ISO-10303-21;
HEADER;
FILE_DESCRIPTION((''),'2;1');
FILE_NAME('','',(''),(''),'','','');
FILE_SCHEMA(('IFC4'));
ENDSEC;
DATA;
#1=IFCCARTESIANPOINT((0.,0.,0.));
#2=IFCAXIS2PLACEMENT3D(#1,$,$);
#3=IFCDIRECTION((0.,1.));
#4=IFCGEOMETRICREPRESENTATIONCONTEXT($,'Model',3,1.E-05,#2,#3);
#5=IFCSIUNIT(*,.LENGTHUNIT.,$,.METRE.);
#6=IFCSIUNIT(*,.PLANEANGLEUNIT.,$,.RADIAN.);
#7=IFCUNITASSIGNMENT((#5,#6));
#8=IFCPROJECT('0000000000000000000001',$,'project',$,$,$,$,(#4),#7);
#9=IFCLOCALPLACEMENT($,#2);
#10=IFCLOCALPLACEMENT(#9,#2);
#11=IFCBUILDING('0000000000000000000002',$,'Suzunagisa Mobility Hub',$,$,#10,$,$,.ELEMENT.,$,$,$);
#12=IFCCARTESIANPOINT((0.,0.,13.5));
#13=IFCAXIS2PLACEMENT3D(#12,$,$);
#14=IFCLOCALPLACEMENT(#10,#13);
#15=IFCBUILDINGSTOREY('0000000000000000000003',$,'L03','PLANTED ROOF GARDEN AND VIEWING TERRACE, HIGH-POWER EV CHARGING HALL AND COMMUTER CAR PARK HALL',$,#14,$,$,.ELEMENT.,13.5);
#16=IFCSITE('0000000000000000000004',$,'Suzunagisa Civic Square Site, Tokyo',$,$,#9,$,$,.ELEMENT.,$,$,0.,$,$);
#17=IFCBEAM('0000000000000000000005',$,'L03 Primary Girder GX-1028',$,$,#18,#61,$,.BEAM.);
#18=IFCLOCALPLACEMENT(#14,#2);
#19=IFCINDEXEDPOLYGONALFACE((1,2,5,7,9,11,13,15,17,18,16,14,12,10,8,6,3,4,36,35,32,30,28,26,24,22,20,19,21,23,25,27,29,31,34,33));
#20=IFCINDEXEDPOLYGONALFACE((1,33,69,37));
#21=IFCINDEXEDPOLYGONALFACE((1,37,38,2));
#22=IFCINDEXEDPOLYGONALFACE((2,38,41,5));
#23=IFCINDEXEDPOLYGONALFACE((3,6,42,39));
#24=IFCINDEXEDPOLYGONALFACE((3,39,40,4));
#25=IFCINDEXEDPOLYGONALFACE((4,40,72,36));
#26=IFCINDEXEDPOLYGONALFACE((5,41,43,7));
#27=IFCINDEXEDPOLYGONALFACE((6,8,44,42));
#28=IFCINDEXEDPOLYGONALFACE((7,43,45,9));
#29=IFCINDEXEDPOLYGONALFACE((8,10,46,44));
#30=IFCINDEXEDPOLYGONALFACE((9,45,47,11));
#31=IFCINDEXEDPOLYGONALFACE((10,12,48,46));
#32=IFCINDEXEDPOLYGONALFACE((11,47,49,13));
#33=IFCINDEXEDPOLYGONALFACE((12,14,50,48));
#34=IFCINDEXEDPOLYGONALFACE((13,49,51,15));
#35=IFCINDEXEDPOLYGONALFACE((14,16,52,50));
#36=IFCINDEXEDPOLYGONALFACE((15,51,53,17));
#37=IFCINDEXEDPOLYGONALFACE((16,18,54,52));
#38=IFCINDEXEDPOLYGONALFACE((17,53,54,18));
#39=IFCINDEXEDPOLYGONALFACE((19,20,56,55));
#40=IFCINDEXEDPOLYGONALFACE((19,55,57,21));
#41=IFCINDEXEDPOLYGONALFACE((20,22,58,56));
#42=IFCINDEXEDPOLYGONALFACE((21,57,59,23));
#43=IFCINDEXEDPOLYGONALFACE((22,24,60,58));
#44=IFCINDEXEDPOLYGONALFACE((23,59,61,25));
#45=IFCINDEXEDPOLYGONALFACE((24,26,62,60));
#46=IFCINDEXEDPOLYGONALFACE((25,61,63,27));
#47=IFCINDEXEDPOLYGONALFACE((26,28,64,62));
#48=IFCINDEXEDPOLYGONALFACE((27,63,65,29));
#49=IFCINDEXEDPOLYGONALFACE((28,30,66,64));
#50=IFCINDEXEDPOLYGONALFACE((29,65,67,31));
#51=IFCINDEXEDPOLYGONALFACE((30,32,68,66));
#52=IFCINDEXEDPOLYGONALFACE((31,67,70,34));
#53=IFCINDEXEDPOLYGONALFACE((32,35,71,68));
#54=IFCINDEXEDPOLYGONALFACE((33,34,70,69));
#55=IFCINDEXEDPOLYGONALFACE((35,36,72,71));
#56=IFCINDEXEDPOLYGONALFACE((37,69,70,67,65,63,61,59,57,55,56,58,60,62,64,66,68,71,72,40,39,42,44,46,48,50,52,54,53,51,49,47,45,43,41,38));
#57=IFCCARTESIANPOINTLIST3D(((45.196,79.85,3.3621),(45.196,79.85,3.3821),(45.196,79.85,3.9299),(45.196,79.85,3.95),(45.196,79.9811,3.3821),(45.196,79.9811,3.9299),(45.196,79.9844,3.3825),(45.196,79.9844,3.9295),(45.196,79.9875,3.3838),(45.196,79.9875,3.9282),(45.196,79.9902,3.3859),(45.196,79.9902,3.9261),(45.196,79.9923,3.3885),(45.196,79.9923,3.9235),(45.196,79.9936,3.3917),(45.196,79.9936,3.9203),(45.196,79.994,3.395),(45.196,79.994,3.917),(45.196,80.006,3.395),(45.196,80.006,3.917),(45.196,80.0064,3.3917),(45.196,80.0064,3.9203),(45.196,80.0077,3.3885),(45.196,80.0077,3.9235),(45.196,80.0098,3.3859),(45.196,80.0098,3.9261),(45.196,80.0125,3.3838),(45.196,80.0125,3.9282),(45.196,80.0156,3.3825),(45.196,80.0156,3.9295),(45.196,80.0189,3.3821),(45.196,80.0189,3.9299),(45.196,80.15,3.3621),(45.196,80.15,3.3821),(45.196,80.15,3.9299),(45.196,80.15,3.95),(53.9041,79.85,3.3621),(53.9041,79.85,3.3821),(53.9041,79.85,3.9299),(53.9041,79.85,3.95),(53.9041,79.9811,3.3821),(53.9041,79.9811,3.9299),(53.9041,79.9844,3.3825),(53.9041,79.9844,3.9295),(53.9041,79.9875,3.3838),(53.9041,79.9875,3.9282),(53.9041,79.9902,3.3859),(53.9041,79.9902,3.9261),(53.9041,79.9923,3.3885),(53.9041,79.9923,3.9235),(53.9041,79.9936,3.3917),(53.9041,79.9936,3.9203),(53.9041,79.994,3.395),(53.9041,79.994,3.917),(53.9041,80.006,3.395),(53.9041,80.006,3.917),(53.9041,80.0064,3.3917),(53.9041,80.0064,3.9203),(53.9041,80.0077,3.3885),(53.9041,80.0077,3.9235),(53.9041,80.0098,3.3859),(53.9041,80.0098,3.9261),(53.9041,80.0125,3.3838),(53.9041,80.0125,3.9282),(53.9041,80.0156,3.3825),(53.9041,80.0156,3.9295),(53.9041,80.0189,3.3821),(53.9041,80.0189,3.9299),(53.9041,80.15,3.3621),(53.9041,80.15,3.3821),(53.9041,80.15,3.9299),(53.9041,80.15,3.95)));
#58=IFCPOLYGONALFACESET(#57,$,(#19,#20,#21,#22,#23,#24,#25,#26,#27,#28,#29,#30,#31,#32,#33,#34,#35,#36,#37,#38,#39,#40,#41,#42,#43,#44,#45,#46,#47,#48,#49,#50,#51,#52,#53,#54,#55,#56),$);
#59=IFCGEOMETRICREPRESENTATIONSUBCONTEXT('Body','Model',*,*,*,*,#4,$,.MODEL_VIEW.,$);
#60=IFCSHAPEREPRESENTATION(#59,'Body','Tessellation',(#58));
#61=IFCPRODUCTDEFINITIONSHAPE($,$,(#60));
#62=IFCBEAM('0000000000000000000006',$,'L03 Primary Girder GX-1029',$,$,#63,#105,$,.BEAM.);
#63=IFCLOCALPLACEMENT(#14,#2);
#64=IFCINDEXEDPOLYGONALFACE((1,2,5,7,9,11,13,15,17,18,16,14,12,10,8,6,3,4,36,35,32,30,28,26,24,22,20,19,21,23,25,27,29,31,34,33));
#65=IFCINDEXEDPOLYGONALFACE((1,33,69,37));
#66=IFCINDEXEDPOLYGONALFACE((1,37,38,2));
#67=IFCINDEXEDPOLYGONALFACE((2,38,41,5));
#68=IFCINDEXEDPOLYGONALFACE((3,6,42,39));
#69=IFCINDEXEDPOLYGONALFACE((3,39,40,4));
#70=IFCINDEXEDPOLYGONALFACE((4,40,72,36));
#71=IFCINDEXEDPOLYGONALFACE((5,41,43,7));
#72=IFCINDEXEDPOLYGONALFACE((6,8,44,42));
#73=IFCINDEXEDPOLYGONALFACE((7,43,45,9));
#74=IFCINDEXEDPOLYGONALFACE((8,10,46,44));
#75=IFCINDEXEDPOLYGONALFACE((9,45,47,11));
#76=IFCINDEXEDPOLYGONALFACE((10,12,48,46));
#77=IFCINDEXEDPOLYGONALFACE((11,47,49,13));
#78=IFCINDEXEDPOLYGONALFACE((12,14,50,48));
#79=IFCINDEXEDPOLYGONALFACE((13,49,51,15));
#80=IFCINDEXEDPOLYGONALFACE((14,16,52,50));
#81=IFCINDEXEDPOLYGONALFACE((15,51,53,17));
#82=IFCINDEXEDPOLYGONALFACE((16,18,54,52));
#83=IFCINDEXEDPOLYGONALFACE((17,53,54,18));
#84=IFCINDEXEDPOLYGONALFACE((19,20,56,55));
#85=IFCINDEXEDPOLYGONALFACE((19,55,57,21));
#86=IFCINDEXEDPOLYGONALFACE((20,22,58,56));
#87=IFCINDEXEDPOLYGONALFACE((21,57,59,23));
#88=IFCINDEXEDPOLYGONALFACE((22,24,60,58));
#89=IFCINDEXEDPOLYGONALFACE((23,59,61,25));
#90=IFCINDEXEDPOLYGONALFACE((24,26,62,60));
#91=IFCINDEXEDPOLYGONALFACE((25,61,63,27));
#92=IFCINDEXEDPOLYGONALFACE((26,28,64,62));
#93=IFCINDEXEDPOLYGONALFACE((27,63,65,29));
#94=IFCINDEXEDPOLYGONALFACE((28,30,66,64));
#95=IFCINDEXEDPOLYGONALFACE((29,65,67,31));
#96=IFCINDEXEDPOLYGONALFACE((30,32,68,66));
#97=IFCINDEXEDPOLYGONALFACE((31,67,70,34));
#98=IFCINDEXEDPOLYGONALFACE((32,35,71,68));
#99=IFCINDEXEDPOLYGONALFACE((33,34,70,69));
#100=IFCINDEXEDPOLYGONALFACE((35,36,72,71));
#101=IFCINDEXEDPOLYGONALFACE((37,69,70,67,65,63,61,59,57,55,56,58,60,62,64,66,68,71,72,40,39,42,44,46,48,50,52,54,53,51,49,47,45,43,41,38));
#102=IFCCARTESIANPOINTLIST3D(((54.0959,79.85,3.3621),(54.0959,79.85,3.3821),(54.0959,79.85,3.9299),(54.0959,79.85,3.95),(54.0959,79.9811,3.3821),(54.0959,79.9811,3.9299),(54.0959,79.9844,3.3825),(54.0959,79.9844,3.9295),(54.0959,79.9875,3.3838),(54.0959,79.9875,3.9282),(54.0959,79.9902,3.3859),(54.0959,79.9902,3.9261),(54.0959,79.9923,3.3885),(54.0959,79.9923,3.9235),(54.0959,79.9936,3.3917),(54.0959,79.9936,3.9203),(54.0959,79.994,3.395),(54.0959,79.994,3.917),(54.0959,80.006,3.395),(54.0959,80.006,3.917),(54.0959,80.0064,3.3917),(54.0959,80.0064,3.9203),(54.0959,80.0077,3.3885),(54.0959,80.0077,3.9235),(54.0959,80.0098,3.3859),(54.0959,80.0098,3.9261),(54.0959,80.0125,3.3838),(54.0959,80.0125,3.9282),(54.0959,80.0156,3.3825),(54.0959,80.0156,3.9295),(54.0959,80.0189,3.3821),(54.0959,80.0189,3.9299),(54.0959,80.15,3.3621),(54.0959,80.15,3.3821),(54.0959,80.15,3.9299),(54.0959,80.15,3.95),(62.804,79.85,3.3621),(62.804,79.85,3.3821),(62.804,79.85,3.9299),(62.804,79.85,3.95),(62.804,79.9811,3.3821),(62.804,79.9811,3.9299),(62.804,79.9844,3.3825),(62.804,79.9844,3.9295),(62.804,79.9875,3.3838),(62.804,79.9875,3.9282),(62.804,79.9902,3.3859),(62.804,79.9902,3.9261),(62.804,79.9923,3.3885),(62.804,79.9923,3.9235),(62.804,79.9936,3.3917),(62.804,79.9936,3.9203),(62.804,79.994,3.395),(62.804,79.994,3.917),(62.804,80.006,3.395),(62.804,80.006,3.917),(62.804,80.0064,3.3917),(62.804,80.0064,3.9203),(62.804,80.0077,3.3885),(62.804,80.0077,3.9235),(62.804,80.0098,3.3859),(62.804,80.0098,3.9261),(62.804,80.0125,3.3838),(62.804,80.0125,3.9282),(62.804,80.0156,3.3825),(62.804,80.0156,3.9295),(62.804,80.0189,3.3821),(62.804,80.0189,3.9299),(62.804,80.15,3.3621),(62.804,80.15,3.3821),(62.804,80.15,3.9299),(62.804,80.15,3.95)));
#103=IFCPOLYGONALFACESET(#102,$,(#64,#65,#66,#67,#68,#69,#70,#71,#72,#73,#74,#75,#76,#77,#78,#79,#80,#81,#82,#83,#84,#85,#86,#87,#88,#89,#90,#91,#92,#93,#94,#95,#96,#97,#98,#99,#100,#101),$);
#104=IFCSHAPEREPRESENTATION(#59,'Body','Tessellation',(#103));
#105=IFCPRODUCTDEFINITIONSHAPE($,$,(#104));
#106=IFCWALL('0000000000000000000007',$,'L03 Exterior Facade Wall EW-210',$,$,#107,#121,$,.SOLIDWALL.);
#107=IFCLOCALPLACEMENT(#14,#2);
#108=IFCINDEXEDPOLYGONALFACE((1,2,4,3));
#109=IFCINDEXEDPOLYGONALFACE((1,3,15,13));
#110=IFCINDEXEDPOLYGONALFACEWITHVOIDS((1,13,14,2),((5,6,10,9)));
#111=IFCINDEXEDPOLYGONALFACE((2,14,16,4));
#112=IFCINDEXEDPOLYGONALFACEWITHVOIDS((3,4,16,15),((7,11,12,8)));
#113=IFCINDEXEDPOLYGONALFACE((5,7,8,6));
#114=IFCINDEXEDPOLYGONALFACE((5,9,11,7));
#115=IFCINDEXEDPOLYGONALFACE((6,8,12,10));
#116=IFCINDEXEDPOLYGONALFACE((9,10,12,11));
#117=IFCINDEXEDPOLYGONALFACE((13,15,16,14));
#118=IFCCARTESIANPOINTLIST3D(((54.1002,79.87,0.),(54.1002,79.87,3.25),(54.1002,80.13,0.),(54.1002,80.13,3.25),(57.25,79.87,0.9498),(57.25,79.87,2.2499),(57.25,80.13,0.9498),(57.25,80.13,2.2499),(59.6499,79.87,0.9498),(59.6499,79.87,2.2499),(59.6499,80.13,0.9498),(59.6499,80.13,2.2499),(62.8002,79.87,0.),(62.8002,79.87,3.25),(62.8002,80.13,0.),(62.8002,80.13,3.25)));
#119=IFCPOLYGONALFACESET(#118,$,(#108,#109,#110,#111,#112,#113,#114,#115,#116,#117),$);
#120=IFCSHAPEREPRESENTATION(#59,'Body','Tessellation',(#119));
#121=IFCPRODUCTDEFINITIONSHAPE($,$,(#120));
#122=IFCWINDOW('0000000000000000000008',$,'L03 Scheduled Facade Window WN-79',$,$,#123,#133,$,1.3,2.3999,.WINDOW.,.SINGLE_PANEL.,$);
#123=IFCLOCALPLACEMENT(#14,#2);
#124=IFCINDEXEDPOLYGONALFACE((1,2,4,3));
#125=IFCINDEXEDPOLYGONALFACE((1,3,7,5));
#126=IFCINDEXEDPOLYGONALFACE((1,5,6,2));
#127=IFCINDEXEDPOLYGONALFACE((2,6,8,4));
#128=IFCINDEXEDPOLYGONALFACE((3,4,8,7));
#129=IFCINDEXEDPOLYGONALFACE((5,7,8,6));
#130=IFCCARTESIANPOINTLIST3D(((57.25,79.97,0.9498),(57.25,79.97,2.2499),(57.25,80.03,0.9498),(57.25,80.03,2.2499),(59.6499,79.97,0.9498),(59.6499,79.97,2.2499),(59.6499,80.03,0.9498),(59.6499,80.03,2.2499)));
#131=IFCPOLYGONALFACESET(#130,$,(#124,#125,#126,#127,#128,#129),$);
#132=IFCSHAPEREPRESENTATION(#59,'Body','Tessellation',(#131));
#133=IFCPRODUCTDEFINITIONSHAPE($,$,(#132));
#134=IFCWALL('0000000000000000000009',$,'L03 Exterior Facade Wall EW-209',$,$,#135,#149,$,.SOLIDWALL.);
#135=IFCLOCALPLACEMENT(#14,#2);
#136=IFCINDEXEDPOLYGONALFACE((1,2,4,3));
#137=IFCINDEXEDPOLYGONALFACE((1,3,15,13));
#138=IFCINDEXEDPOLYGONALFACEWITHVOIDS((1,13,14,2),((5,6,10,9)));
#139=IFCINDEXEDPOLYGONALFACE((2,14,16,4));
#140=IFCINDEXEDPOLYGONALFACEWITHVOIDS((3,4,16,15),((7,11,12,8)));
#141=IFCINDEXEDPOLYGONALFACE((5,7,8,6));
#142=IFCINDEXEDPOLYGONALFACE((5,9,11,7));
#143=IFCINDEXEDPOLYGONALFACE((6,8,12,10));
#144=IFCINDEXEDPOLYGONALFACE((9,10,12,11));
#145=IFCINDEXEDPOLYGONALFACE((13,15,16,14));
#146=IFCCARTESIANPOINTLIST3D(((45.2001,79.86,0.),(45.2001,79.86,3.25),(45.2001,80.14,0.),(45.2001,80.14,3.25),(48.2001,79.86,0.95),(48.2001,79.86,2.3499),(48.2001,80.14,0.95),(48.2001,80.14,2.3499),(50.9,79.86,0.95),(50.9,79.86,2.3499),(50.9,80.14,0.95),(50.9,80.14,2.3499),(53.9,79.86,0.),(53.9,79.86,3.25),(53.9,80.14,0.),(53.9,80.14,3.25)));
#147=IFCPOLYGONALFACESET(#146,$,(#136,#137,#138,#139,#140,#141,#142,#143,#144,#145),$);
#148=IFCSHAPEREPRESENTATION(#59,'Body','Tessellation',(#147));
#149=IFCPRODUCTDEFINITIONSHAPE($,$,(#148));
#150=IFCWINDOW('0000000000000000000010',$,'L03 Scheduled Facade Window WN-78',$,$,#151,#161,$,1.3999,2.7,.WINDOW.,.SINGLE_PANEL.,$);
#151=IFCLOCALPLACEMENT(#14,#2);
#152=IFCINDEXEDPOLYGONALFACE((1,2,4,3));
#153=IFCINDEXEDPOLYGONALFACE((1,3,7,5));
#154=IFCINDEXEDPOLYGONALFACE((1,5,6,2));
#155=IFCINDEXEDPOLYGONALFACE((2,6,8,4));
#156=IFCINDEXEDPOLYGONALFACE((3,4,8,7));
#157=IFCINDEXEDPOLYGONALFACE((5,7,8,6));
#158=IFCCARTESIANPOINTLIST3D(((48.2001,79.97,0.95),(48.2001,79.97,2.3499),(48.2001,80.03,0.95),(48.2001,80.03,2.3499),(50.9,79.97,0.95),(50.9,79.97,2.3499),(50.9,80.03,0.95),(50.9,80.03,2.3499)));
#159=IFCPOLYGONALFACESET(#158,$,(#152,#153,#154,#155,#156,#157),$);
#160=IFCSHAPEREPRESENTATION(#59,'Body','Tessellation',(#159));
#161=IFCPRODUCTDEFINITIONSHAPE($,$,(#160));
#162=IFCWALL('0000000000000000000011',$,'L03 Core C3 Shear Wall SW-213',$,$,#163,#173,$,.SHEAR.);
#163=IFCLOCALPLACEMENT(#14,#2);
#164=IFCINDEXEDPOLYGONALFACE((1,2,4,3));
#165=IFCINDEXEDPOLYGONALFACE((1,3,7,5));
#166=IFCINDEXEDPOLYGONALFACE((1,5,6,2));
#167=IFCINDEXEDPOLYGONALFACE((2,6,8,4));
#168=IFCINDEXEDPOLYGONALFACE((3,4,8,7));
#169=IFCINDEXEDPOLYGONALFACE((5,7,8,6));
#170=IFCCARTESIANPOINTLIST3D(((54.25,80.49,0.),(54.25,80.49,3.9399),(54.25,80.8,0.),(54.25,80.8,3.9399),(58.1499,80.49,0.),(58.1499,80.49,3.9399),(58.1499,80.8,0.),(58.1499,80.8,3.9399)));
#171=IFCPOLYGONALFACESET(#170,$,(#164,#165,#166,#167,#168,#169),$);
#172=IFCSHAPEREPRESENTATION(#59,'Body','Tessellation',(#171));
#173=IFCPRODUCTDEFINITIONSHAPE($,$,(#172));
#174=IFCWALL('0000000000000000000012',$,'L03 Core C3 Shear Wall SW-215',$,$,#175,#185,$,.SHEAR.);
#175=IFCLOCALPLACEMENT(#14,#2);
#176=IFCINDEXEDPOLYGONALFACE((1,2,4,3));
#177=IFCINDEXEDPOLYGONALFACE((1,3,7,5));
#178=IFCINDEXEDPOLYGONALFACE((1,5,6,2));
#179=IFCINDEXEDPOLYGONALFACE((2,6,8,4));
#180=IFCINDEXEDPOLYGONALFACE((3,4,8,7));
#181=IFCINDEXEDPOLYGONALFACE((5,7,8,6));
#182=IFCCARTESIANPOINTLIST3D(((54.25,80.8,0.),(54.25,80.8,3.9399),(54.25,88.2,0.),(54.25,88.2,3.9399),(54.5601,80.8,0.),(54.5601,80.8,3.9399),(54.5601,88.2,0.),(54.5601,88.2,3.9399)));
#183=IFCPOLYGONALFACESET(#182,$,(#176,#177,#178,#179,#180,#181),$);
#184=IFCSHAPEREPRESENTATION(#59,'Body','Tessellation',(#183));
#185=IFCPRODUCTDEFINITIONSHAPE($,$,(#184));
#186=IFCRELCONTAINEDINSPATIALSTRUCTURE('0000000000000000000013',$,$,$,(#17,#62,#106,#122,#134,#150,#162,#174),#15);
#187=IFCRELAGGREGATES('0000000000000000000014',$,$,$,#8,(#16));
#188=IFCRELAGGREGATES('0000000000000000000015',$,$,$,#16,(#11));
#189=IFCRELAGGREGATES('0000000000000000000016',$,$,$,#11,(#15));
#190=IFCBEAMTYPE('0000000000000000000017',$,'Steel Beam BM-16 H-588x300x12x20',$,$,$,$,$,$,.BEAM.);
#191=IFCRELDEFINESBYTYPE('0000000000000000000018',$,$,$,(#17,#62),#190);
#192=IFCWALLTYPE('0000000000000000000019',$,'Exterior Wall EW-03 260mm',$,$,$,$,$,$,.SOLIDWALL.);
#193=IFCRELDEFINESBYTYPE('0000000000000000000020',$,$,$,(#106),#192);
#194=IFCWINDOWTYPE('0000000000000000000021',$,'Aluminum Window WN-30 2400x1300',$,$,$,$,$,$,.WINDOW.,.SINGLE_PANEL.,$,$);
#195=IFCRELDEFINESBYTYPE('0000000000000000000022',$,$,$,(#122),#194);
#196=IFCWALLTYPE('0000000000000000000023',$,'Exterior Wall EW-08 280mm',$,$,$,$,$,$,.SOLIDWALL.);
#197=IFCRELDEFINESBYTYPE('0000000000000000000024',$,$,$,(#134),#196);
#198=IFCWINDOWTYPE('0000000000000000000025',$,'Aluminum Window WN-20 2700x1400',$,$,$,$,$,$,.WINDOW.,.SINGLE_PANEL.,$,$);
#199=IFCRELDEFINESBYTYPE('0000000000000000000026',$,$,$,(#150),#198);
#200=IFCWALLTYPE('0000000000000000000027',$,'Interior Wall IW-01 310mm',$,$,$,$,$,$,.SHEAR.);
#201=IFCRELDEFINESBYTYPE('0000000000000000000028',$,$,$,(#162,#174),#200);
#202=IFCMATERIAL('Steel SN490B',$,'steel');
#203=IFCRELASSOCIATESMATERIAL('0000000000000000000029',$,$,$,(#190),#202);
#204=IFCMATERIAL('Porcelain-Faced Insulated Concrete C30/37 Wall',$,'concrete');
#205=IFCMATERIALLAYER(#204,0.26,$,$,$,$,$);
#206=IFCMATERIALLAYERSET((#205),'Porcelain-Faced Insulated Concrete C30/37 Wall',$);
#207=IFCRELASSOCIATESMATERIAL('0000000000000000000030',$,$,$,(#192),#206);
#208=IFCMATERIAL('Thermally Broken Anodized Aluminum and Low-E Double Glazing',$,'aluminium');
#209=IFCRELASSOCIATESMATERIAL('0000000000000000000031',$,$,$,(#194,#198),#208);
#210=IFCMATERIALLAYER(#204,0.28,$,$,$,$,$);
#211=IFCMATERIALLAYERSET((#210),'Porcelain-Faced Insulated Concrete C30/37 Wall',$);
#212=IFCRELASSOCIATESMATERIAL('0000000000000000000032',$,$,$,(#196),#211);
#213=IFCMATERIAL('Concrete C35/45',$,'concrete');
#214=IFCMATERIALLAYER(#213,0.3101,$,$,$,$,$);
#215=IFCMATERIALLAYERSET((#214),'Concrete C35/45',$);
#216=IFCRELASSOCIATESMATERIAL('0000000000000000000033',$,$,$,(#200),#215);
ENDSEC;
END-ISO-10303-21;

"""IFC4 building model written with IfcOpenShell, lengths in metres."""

from ifc_helpers import new_model, si_unit, direction, frame, frame_2d, origin, origin_2d, place, context, subcontext, project, spatial, rectangle, i_section, extrude, material, layer, layer_set, material_profile, profile_set, type_object, element, fill, save


model = new_model("IFC4")

# Units and contexts
model_context = context("Model", 3, precision=1e-05, world=origin(), true_north=direction((0.0, 1.0)))
body_context = subcontext(model_context, "Body", "Model", "MODEL_VIEW")
ifc_project = project(units=[si_unit("LENGTHUNIT", "METRE"), si_unit("PLANEANGLEUNIT", "RADIAN")], contexts=[model_context])

# Site, building, storey
site_placement = place(None, origin())
site = spatial("IfcSite", under=ifc_project, at=site_placement, Name="Suzunagisa Civic Square Site, Tokyo", CompositionType="ELEMENT", RefElevation=0.0)
building_placement = place(site_placement, origin())
building = spatial("IfcBuilding", under=site, at=building_placement, Name="Suzunagisa Mobility Hub", CompositionType="ELEMENT")
storey_placement = place(building_placement, frame((0.0, 0.0, 13.5)))
storey = spatial("IfcBuildingStorey", under=building, at=storey_placement, Name="L03", Description="PLANTED ROOF GARDEN AND VIEWING TERRACE, HIGH-POWER EV CHARGING HALL AND COMMUTER CAR PARK HALL", CompositionType="ELEMENT", Elevation=13.5)

# Shared definitions
ifc_material_1 = material(Name="Steel SN490B", Category="steel")

# Beams
ifc_material_profile_1 = material_profile(ifc_material_1, i_section(OverallWidth=0.3, OverallDepth=0.5879, WebThickness=0.012, FlangeThickness=0.02, FilletRadius=0.0129, at=origin_2d()), Name="H-588x300x12x20")
ifc_profile_set_1 = profile_set([ifc_material_profile_1], Name="Steel SN490B")
beam_type_1 = type_object("IfcBeamType", Name="Steel Beam BM-16 H-588x300x12x20", PredefinedType="BEAM", material=ifc_profile_set_1)
for number, where, z_axis, x_axis, name in (
    (1, (45.196, 80.0, 3.656), (1.0, 0.0, 0.0), (0.0, 1.0, 0.0), "L03 Primary Girder GX-1028"),
    (2, (54.0959, 80.0, 3.656), (1.0, 0.0, 0.0), (0.0, 1.0, 0.0), "L03 Primary Girder GX-1029"),
):
    element("IfcBeam", number, at=place(storey_placement, frame(where, z_axis=z_axis, x_axis=x_axis)), inside=storey, type_object=beam_type_1, Name=name, PredefinedType="BEAM", context=body_context, shape_type="SweptSolid", body=[
        extrude(i_section(OverallWidth=0.3, OverallDepth=0.5879, WebThickness=0.012, FlangeThickness=0.02, FilletRadius=0.0129, at=origin_2d()), origin(), (0.0, 0.0, 1.0), 8.708),
    ])

# Walls, openings, windows
ifc_material_2 = material(Name="Porcelain-Faced Insulated Concrete C30/37 Wall", Category="concrete")
ifc_layer_1 = layer(ifc_material_2, 0.26)
ifc_layer_set_1 = layer_set([ifc_layer_1], Name="Porcelain-Faced Insulated Concrete C30/37 Wall")
wall_type_1 = type_object("IfcWallType", Name="Exterior Wall EW-03 260mm", PredefinedType="SOLIDWALL", material=ifc_layer_set_1)
wall_1_placement = place(storey_placement, frame((54.1001, 80.0, 0.0), z_axis=(0.0, 0.0, 1.0), x_axis=(1.0, 0.0, 0.0)))
wall_1 = element("IfcWall", 3, at=wall_1_placement, inside=storey, type_object=wall_type_1, Name="L03 Exterior Facade Wall EW-210", PredefinedType="SOLIDWALL", context=body_context, shape_type="SweptSolid", body=[
    extrude(rectangle(XDim=8.7, YDim=0.26, at=frame_2d((4.3501, 0.0))), origin(), (0.0, 0.0, 1.0), 3.25),
])
opening_1_placement = place(wall_1_placement, frame((3.1499, 0.0, 0.95)))
opening_1 = element("IfcOpeningElement", 4, at=opening_1_placement, cuts=wall_1, PredefinedType="OPENING", context=body_context, shape_type="SweptSolid", body=[
    extrude(rectangle(XDim=2.3999, YDim=1.3, at=frame_2d((1.2, 0.6499))), frame((0.0, 0.1411, 0.0), z_axis=(0.0, -1.0, 0.0), x_axis=(1.0, 0.0, 0.0)), (0.0, 0.0, 1.0), 0.282),
])
ifc_material_3 = material(Name="Thermally Broken Anodized Aluminum and Low-E Double Glazing", Category="aluminium")
window_type_1 = type_object("IfcWindowType", Name="Aluminum Window WN-30 2400x1300", PartitioningType="SINGLE_PANEL", PredefinedType="WINDOW", material=ifc_material_3)
window_1_placement = place(opening_1_placement, origin())
window_1 = element("IfcWindow", 5, at=window_1_placement, inside=storey, type_object=window_type_1, Name="L03 Scheduled Facade Window WN-79", OverallHeight=1.3, OverallWidth=2.3999, PartitioningType="SINGLE_PANEL", PredefinedType="WINDOW", context=body_context, shape_type="SweptSolid", body=[
    extrude(rectangle(XDim=2.3999, YDim=1.3, at=frame_2d((1.2, 0.6499))), frame((0.0, 0.03, 0.0), z_axis=(0.0, -1.0, 0.0), x_axis=(1.0, 0.0, 0.0)), (0.0, 0.0, 1.0), 0.0601),
])
fill(opening_1, window_1)
ifc_layer_2 = layer(ifc_material_2, 0.28)
ifc_layer_set_2 = layer_set([ifc_layer_2], Name="Porcelain-Faced Insulated Concrete C30/37 Wall")
wall_type_2 = type_object("IfcWallType", Name="Exterior Wall EW-08 280mm", PredefinedType="SOLIDWALL", material=ifc_layer_set_2)
wall_2_placement = place(storey_placement, frame((45.2, 80.0, 0.0), z_axis=(0.0, 0.0, 1.0), x_axis=(1.0, 0.0, 0.0)))
wall_2 = element("IfcWall", 6, at=wall_2_placement, inside=storey, type_object=wall_type_2, Name="L03 Exterior Facade Wall EW-209", PredefinedType="SOLIDWALL", context=body_context, shape_type="SweptSolid", body=[
    extrude(rectangle(XDim=8.7, YDim=0.28, at=frame_2d((4.3501, 0.0))), origin(), (0.0, 0.0, 1.0), 3.25),
])
opening_2_placement = place(wall_2_placement, frame((3.0, 0.0, 0.95)))
opening_2 = element("IfcOpeningElement", 7, at=opening_2_placement, cuts=wall_2, PredefinedType="OPENING", context=body_context, shape_type="SweptSolid", body=[
    extrude(rectangle(XDim=2.7, YDim=1.3999, at=frame_2d((1.3501, 0.7))), frame((0.0, 0.1509, 0.0), z_axis=(0.0, -1.0, 0.0), x_axis=(1.0, 0.0, 0.0)), (0.0, 0.0, 1.0), 0.302),
])
window_type_2 = type_object("IfcWindowType", Name="Aluminum Window WN-20 2700x1400", PartitioningType="SINGLE_PANEL", PredefinedType="WINDOW", material=ifc_material_3)
window_2_placement = place(opening_2_placement, origin())
window_2 = element("IfcWindow", 8, at=window_2_placement, inside=storey, type_object=window_type_2, Name="L03 Scheduled Facade Window WN-78", OverallHeight=1.3999, OverallWidth=2.7, PartitioningType="SINGLE_PANEL", PredefinedType="WINDOW", context=body_context, shape_type="SweptSolid", body=[
    extrude(rectangle(XDim=2.7, YDim=1.3999, at=frame_2d((1.3501, 0.7))), frame((0.0, 0.03, 0.0), z_axis=(0.0, -1.0, 0.0), x_axis=(1.0, 0.0, 0.0)), (0.0, 0.0, 1.0), 0.0601),
])
fill(opening_2, window_2)

# Walls
ifc_material_4 = material(Name="Concrete C35/45", Category="concrete")
ifc_layer_3 = layer(ifc_material_4, 0.3101)
ifc_layer_set_3 = layer_set([ifc_layer_3], Name="Concrete C35/45")
wall_type_3 = type_object("IfcWallType", Name="Interior Wall IW-01 310mm", PredefinedType="SHEAR", material=ifc_layer_set_3)
wall_3_placement = place(storey_placement, frame((54.25, 80.645, 0.0), z_axis=(0.0, 0.0, 1.0), x_axis=(1.0, 0.0, 0.0)))
element("IfcWall", 9, at=wall_3_placement, inside=storey, type_object=wall_type_3, Name="L03 Core C3 Shear Wall SW-213", PredefinedType="SHEAR", context=body_context, shape_type="SweptSolid", body=[
    extrude(rectangle(XDim=3.8999, YDim=0.3101, at=frame_2d((1.95, 0.0))), origin(), (0.0, 0.0, 1.0), 3.9399),
])
wall_4_placement = place(storey_placement, frame((54.405, 80.8, 0.0), z_axis=(0.0, 0.0, 1.0), x_axis=(0.0, 1.0, 0.0)))
element("IfcWall", 10, at=wall_4_placement, inside=storey, type_object=wall_type_3, Name="L03 Core C3 Shear Wall SW-215", PredefinedType="SHEAR", context=body_context, shape_type="SweptSolid", body=[
    extrude(rectangle(XDim=7.3999, YDim=0.3101, at=frame_2d((3.7, 0.0))), origin(), (0.0, 0.0, 1.0), 3.9399),
])

save(model, "model.ifc")
